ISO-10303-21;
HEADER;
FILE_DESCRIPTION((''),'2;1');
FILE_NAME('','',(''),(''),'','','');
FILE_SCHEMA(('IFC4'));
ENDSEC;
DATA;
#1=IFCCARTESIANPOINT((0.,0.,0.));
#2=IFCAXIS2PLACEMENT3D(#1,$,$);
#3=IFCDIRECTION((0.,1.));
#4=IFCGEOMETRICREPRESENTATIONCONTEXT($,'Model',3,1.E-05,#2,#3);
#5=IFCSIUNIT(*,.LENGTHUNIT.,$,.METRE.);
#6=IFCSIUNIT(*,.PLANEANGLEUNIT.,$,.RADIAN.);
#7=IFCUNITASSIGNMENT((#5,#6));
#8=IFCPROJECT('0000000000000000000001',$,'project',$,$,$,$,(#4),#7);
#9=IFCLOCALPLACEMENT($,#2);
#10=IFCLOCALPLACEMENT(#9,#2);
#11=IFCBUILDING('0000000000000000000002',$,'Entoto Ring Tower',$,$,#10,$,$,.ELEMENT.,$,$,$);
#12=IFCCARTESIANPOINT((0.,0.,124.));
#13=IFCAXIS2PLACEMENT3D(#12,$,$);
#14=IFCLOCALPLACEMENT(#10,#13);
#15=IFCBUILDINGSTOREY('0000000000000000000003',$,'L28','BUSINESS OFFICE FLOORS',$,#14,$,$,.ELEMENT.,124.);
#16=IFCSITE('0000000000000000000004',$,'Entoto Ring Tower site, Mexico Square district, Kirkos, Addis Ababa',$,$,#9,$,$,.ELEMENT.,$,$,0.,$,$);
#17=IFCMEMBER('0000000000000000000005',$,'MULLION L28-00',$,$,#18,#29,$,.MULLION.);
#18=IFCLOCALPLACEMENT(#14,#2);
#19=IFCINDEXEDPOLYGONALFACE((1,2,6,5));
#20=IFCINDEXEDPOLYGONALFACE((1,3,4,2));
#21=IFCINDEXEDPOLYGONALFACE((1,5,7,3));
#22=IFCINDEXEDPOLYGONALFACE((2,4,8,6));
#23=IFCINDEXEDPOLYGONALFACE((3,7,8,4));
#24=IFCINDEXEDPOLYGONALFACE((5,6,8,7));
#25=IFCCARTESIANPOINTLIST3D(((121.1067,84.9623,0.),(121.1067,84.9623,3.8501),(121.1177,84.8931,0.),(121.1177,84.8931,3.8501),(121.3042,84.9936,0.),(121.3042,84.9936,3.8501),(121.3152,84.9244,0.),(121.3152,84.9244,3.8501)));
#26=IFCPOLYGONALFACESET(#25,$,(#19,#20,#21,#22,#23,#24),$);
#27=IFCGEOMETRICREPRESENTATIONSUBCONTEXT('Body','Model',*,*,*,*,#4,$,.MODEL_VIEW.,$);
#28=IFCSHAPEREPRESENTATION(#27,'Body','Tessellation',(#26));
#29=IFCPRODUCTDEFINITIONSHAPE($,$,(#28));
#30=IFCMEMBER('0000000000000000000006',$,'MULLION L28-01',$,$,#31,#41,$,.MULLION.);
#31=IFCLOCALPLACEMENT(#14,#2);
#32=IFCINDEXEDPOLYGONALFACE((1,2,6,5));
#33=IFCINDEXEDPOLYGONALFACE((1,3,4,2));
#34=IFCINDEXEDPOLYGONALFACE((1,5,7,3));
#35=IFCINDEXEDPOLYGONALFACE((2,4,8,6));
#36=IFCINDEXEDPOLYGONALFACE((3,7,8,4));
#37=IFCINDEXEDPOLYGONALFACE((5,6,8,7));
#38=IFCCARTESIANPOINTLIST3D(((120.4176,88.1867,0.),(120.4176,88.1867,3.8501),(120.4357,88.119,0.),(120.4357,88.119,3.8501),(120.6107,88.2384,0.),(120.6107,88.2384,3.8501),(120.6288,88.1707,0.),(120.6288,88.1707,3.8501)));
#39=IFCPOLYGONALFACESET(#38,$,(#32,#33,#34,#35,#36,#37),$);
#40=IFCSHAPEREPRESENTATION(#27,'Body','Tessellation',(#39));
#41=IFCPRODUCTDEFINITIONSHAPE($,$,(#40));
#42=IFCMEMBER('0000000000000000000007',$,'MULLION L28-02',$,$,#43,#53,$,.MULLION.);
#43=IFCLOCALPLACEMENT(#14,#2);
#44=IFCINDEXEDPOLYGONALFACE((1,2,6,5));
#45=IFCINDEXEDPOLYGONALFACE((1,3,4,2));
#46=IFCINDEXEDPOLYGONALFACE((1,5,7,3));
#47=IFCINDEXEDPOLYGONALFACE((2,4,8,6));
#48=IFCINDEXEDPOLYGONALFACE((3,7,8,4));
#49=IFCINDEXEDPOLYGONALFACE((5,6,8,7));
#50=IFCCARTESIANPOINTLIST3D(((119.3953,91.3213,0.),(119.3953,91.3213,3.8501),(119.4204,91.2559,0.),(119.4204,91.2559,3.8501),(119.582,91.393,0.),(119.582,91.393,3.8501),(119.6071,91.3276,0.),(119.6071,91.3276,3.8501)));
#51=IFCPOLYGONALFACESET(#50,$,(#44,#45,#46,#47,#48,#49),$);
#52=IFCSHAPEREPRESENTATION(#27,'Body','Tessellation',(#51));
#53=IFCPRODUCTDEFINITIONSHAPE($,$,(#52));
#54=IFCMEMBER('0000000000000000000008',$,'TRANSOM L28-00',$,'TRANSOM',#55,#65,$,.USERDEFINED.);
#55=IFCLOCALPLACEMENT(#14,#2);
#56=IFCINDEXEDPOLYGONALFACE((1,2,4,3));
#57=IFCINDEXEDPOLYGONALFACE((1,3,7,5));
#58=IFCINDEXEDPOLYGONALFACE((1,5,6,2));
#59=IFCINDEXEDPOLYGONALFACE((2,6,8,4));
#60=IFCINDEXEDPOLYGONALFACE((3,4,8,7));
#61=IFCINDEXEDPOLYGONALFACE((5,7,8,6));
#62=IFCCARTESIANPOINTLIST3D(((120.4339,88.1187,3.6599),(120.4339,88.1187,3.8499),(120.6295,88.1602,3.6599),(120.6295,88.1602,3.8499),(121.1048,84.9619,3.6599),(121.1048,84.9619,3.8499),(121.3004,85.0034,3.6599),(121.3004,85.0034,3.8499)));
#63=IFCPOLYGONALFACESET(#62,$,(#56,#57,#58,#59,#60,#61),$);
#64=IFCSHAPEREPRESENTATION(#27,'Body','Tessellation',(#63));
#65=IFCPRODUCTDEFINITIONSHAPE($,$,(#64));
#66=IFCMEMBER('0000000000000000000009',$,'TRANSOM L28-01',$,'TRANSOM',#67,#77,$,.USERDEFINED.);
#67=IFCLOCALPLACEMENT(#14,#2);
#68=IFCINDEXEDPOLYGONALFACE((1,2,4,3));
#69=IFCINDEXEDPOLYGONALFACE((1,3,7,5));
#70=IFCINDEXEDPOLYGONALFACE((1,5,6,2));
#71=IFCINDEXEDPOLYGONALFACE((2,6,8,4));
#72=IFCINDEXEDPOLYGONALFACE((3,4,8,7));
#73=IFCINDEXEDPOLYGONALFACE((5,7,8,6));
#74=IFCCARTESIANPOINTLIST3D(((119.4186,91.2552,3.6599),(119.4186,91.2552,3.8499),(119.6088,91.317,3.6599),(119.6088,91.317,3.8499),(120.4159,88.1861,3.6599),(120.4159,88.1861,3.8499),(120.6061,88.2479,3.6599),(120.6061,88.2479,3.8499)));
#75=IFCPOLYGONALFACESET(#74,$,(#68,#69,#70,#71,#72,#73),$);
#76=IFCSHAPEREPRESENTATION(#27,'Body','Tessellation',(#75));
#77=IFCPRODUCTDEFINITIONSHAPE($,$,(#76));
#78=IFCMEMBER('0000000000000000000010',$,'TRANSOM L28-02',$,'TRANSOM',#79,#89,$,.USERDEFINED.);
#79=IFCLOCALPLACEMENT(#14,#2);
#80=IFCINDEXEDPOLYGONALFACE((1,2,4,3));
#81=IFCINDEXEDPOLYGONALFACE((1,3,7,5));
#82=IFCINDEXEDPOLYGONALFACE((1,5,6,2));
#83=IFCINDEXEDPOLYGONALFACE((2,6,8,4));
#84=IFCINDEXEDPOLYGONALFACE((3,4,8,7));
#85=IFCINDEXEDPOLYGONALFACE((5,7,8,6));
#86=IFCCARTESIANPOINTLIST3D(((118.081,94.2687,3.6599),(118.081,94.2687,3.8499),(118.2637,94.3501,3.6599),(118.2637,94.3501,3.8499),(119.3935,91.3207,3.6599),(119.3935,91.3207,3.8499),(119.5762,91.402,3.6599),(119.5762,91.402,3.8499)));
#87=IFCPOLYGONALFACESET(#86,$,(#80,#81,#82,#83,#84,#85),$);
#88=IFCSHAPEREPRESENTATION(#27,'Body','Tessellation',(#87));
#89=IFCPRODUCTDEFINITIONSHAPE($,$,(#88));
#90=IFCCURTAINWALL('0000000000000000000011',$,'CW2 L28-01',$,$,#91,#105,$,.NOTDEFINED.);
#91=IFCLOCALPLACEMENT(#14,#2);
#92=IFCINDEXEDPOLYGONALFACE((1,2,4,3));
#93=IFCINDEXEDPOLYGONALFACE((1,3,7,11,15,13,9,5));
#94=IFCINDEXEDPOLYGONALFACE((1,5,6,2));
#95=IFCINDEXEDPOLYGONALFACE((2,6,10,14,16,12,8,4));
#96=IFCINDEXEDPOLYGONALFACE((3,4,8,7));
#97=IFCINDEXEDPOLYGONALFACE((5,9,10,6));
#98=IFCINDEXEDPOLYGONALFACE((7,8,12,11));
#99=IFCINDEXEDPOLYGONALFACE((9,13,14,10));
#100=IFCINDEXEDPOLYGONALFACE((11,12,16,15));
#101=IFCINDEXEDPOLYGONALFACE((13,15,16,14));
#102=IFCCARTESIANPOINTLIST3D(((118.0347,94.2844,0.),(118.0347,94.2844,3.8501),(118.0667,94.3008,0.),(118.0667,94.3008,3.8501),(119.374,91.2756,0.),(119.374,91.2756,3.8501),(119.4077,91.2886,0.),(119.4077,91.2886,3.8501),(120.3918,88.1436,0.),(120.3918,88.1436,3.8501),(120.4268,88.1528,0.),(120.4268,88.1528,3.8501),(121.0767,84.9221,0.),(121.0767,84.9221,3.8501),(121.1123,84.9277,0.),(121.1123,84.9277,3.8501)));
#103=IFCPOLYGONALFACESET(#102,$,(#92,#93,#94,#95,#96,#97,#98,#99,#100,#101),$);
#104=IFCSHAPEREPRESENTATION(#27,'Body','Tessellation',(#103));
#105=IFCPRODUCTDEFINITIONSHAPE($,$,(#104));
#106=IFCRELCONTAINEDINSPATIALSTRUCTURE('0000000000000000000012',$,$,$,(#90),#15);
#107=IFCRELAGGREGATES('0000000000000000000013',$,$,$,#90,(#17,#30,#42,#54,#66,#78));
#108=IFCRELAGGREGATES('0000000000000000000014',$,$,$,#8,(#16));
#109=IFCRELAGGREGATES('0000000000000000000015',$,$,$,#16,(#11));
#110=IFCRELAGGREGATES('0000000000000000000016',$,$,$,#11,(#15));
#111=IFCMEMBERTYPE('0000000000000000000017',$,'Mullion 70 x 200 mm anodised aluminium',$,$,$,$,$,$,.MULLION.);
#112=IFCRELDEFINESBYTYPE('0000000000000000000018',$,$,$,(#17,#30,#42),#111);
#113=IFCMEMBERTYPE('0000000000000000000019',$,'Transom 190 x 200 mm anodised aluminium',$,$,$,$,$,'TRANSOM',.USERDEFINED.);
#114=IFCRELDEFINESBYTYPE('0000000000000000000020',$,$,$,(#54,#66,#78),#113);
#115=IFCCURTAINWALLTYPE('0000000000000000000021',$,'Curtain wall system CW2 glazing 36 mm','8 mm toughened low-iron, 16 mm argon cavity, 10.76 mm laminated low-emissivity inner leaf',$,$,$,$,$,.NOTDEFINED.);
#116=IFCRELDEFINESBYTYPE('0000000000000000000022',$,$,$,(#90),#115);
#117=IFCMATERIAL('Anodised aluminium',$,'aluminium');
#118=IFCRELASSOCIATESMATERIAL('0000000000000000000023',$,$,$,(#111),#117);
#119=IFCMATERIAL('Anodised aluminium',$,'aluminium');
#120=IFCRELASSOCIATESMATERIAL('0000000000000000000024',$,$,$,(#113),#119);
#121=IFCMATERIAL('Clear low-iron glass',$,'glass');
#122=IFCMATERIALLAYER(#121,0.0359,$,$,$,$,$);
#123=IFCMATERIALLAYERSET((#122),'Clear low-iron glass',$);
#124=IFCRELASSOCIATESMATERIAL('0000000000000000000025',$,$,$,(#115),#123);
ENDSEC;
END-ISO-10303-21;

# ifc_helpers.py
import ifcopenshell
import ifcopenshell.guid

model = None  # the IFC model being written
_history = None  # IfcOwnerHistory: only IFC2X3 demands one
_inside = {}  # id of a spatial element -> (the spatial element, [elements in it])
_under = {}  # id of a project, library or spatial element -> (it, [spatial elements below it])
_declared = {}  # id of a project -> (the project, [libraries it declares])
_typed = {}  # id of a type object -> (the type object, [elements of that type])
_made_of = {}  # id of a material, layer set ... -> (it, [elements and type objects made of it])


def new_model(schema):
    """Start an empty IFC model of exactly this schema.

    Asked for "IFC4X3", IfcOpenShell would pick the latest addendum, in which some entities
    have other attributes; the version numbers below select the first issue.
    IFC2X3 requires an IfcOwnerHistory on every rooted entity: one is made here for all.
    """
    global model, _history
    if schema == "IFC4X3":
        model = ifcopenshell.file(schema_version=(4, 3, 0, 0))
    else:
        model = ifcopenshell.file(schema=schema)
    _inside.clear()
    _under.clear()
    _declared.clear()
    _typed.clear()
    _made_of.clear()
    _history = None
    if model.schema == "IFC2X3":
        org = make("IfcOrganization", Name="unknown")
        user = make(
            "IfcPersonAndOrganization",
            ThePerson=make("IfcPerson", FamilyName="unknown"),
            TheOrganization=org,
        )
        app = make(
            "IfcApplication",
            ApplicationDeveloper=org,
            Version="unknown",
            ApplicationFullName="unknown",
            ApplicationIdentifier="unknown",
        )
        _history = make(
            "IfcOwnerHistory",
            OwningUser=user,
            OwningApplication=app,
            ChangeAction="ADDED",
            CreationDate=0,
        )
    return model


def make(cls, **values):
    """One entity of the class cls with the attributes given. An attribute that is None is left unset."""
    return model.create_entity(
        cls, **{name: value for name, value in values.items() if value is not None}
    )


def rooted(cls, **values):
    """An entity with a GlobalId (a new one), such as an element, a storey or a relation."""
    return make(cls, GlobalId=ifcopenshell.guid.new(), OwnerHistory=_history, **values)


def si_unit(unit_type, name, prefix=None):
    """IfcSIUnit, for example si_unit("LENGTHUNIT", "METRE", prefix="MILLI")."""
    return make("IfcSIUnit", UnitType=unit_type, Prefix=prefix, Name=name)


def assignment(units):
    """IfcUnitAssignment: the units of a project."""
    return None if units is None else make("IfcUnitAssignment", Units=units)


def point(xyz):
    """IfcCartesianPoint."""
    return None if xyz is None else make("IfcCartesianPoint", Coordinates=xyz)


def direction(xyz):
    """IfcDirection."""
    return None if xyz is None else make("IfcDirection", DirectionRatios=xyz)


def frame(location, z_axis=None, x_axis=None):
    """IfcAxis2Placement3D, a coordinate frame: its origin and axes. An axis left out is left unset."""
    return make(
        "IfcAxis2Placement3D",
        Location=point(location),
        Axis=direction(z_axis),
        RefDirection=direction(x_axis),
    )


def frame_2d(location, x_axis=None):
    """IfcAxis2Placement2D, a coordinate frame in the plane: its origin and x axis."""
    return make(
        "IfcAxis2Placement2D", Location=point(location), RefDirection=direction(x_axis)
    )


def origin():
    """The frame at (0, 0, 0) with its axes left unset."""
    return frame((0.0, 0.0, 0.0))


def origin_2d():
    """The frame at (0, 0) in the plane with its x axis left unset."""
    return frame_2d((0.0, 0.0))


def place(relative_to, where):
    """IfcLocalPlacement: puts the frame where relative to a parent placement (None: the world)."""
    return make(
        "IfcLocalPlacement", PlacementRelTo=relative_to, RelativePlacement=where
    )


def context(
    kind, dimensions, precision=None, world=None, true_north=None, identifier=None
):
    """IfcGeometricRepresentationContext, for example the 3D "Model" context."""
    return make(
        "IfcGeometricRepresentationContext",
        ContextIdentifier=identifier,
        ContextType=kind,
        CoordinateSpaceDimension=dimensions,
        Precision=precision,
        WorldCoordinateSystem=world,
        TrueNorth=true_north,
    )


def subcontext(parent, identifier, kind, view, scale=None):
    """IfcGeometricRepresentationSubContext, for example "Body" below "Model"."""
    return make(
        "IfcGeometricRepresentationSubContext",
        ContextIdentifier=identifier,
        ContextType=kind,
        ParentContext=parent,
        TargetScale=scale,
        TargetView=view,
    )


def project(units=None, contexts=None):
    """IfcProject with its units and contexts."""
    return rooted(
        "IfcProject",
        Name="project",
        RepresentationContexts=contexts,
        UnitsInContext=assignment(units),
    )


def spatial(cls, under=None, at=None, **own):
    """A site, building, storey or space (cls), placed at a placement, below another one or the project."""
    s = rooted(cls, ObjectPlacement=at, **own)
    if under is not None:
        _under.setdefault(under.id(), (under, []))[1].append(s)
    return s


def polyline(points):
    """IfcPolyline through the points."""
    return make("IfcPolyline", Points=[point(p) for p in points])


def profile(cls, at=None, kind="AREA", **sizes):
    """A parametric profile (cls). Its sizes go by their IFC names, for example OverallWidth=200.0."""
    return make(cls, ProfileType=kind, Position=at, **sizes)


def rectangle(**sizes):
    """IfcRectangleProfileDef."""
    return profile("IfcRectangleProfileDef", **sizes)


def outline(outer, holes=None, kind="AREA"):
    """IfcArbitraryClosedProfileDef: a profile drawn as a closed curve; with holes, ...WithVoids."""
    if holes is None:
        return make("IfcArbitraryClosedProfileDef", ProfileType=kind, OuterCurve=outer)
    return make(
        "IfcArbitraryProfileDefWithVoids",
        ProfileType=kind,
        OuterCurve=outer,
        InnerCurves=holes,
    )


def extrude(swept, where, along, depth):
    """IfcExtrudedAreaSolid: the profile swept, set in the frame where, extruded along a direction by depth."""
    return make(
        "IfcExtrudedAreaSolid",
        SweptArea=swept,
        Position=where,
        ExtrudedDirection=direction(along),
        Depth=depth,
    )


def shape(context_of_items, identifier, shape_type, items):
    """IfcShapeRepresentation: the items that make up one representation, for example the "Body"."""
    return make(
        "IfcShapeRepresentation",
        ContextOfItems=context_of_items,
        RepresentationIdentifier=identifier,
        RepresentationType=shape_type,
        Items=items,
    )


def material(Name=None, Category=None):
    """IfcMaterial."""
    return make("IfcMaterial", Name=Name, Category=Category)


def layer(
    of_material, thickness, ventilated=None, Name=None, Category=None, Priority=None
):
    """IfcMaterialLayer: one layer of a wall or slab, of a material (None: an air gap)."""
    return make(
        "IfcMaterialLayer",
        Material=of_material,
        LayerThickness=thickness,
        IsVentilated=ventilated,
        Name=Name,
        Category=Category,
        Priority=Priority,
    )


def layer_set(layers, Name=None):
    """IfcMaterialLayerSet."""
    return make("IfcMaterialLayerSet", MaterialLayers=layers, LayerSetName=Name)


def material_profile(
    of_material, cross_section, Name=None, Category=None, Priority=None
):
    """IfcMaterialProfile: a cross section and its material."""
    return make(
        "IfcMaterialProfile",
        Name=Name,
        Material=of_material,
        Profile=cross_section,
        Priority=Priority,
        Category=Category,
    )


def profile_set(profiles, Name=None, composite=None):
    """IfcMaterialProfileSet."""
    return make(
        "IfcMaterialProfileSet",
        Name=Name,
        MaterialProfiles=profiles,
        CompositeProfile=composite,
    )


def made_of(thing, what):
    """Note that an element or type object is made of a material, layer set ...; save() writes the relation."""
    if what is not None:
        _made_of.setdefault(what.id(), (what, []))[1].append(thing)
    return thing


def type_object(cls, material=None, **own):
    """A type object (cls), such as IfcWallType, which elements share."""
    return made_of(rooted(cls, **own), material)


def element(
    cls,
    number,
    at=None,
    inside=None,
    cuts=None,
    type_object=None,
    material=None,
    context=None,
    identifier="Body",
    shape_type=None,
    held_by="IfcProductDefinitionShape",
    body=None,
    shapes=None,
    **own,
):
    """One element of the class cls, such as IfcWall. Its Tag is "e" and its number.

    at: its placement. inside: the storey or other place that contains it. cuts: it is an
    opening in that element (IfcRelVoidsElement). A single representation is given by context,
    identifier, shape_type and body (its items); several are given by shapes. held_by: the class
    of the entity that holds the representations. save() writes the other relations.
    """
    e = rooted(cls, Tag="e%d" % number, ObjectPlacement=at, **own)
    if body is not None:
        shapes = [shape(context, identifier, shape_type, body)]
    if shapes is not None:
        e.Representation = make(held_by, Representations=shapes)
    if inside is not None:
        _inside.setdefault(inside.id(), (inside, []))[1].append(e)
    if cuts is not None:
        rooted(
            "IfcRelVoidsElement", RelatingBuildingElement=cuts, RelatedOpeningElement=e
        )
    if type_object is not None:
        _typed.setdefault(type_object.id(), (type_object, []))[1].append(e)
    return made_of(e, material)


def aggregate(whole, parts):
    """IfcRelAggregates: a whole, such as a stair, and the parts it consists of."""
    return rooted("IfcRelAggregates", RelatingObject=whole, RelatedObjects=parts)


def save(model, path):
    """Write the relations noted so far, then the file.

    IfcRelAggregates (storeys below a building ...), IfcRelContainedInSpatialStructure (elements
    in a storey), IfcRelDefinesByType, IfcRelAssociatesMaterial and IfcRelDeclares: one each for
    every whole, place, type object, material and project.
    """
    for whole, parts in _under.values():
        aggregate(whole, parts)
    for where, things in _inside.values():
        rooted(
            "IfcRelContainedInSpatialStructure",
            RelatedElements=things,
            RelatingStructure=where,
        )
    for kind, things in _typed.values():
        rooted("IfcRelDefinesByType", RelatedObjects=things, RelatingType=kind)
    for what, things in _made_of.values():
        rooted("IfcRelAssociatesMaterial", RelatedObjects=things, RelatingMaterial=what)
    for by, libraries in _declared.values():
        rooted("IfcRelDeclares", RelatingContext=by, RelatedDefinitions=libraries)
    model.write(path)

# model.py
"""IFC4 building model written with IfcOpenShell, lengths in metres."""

from ifc_helpers import new_model, si_unit, direction, frame, origin, origin_2d, place, context, subcontext, project, spatial, polyline, rectangle, outline, extrude, material, layer, layer_set, material_profile, profile_set, type_object, element, aggregate, save


model = new_model("IFC4")

# Units and contexts
model_context = context("Model", 3, precision=1e-05, world=origin(), true_north=direction((0.0, 1.0)))
body_context = subcontext(model_context, "Body", "Model", "MODEL_VIEW")
ifc_project = project(units=[si_unit("LENGTHUNIT", "METRE"), si_unit("PLANEANGLEUNIT", "RADIAN")], contexts=[model_context])

# Members
ifc_material_1 = material(Name="Anodised aluminium", Category="aluminium")
ifc_material_profile_1 = material_profile(ifc_material_1, rectangle(XDim=0.0701, YDim=0.2, at=origin_2d()), Name="Mullion 70 x 200 mm anodised aluminium")
ifc_profile_set_1 = profile_set([ifc_material_profile_1], Name="Anodised aluminium")
member_type_1 = type_object("IfcMemberType", Name="Mullion 70 x 200 mm anodised aluminium", PredefinedType="MULLION", material=ifc_profile_set_1)
site_placement = place(None, origin())
building_placement = place(site_placement, origin())
storey_placement = place(building_placement, frame((0.0, 0.0, 124.0)))
member_1_placement = place(storey_placement, frame((121.2109, 84.9434, 0.0), z_axis=(0.0, 0.0, 1.0), x_axis=(-0.156434, 0.987688, 0.0)))
member_1 = element("IfcMember", 1, at=member_1_placement, type_object=member_type_1, Name="MULLION L28-00", PredefinedType="MULLION", context=body_context, shape_type="SweptSolid", body=[
    extrude(rectangle(XDim=0.0701, YDim=0.2, at=origin_2d()), origin(), (0.0, 0.0, 1.0), 3.8501),
])
member_2_placement = place(storey_placement, frame((120.5232, 88.1787, 0.0), z_axis=(0.0, 0.0, 1.0), x_axis=(-0.258819, 0.965926, 0.0)))
member_2 = element("IfcMember", 2, at=member_2_placement, type_object=member_type_1, Name="MULLION L28-01", PredefinedType="MULLION", context=body_context, shape_type="SweptSolid", body=[
    extrude(rectangle(XDim=0.0701, YDim=0.2, at=origin_2d()), origin(), (0.0, 0.0, 1.0), 3.8501),
])
member_3_placement = place(storey_placement, frame((119.5012, 91.3245, 0.0), z_axis=(0.0, 0.0, 1.0), x_axis=(-0.358368, 0.93358, 0.0)))
member_3 = element("IfcMember", 3, at=member_3_placement, type_object=member_type_1, Name="MULLION L28-02", PredefinedType="MULLION", context=body_context, shape_type="SweptSolid", body=[
    extrude(rectangle(XDim=0.0701, YDim=0.2, at=origin_2d()), origin(), (0.0, 0.0, 1.0), 3.8501),
])
ifc_material_2 = material(Name="Anodised aluminium", Category="aluminium")
ifc_material_profile_2 = material_profile(ifc_material_2, rectangle(XDim=0.2, YDim=0.1899, at=origin_2d()), Name="Transom 190 x 200 mm anodised aluminium")
ifc_profile_set_2 = profile_set([ifc_material_profile_2], Name="Anodised aluminium")
member_type_2 = type_object("IfcMemberType", Name="Transom 190 x 200 mm anodised aluminium", ElementType="TRANSOM", PredefinedType="USERDEFINED", material=ifc_profile_set_2)
member_4_placement = place(storey_placement, frame((121.2026, 84.9827, 3.7549), z_axis=(-0.207886, 0.978153, 0.0), x_axis=(-0.978153, -0.207886, 0.0)))
member_4 = element("IfcMember", 4, at=member_4_placement, type_object=member_type_2, Name="TRANSOM L28-00", ObjectType="TRANSOM", PredefinedType="USERDEFINED", context=body_context, shape_type="SweptSolid", body=[
    extrude(rectangle(XDim=0.2, YDim=0.1899, at=origin_2d()), origin(), (0.0, 0.0, 1.0), 3.2273),
])
member_5_placement = place(storey_placement, frame((120.511, 88.217, 3.7549), z_axis=(-0.309047, 0.951047, 0.0), x_axis=(-0.951047, -0.309047, 0.0)))
member_5 = element("IfcMember", 5, at=member_5_placement, type_object=member_type_2, Name="TRANSOM L28-01", ObjectType="TRANSOM", PredefinedType="USERDEFINED", context=body_context, shape_type="SweptSolid", body=[
    extrude(rectangle(XDim=0.2, YDim=0.1899, at=origin_2d()), origin(), (0.0, 0.0, 1.0), 3.2271),
])
member_6_placement = place(storey_placement, frame((119.4849, 91.3613, 3.7549), z_axis=(-0.406728, 0.913549, 0.0), x_axis=(-0.913549, -0.406728, 0.0)))
member_6 = element("IfcMember", 6, at=member_6_placement, type_object=member_type_2, Name="TRANSOM L28-02", ObjectType="TRANSOM", PredefinedType="USERDEFINED", context=body_context, shape_type="SweptSolid", body=[
    extrude(rectangle(XDim=0.2, YDim=0.1899, at=origin_2d()), origin(), (0.0, 0.0, 1.0), 3.2271),
])

# Site, building, storey
site = spatial("IfcSite", under=ifc_project, at=site_placement, Name="Entoto Ring Tower site, Mexico Square district, Kirkos, Addis Ababa", CompositionType="ELEMENT", RefElevation=0.0)
building = spatial("IfcBuilding", under=site, at=building_placement, Name="Entoto Ring Tower", CompositionType="ELEMENT")
storey = spatial("IfcBuildingStorey", under=building, at=storey_placement, Name="L28", Description="BUSINESS OFFICE FLOORS", CompositionType="ELEMENT", Elevation=124.0)

# Curtain wall
ifc_material_3 = material(Name="Clear low-iron glass", Category="glass")
ifc_layer_1 = layer(ifc_material_3, 0.0359)
ifc_layer_set_1 = layer_set([ifc_layer_1], Name="Clear low-iron glass")
curtain_wall_type = type_object("IfcCurtainWallType", Name="Curtain wall system CW2 glazing 36 mm", Description="8 mm toughened low-iron, 16 mm argon cavity, 10.76 mm laminated low-emissivity inner leaf", PredefinedType="NOTDEFINED", material=ifc_layer_set_1)
curtain_wall_1_placement = place(storey_placement, origin())
curtain_wall_1 = element("IfcCurtainWall", 7, at=curtain_wall_1_placement, inside=storey, type_object=curtain_wall_type, Name="CW2 L28-01", PredefinedType="NOTDEFINED", context=body_context, shape_type="SweptSolid", body=[
    extrude(outline(polyline([(121.1123, 84.9277), (120.4268, 88.1528), (119.4077, 91.2886), (118.0667, 94.3008), (118.0347, 94.2844), (119.374, 91.2756), (120.3918, 88.1436), (121.0767, 84.9221), (121.1123, 84.9277)])), origin(), (0.0, 0.0, 1.0), 3.8501),
])
aggregate(curtain_wall_1, [member_1, member_2, member_3, member_4, member_5, member_6])

save(model, "model.ifc")
